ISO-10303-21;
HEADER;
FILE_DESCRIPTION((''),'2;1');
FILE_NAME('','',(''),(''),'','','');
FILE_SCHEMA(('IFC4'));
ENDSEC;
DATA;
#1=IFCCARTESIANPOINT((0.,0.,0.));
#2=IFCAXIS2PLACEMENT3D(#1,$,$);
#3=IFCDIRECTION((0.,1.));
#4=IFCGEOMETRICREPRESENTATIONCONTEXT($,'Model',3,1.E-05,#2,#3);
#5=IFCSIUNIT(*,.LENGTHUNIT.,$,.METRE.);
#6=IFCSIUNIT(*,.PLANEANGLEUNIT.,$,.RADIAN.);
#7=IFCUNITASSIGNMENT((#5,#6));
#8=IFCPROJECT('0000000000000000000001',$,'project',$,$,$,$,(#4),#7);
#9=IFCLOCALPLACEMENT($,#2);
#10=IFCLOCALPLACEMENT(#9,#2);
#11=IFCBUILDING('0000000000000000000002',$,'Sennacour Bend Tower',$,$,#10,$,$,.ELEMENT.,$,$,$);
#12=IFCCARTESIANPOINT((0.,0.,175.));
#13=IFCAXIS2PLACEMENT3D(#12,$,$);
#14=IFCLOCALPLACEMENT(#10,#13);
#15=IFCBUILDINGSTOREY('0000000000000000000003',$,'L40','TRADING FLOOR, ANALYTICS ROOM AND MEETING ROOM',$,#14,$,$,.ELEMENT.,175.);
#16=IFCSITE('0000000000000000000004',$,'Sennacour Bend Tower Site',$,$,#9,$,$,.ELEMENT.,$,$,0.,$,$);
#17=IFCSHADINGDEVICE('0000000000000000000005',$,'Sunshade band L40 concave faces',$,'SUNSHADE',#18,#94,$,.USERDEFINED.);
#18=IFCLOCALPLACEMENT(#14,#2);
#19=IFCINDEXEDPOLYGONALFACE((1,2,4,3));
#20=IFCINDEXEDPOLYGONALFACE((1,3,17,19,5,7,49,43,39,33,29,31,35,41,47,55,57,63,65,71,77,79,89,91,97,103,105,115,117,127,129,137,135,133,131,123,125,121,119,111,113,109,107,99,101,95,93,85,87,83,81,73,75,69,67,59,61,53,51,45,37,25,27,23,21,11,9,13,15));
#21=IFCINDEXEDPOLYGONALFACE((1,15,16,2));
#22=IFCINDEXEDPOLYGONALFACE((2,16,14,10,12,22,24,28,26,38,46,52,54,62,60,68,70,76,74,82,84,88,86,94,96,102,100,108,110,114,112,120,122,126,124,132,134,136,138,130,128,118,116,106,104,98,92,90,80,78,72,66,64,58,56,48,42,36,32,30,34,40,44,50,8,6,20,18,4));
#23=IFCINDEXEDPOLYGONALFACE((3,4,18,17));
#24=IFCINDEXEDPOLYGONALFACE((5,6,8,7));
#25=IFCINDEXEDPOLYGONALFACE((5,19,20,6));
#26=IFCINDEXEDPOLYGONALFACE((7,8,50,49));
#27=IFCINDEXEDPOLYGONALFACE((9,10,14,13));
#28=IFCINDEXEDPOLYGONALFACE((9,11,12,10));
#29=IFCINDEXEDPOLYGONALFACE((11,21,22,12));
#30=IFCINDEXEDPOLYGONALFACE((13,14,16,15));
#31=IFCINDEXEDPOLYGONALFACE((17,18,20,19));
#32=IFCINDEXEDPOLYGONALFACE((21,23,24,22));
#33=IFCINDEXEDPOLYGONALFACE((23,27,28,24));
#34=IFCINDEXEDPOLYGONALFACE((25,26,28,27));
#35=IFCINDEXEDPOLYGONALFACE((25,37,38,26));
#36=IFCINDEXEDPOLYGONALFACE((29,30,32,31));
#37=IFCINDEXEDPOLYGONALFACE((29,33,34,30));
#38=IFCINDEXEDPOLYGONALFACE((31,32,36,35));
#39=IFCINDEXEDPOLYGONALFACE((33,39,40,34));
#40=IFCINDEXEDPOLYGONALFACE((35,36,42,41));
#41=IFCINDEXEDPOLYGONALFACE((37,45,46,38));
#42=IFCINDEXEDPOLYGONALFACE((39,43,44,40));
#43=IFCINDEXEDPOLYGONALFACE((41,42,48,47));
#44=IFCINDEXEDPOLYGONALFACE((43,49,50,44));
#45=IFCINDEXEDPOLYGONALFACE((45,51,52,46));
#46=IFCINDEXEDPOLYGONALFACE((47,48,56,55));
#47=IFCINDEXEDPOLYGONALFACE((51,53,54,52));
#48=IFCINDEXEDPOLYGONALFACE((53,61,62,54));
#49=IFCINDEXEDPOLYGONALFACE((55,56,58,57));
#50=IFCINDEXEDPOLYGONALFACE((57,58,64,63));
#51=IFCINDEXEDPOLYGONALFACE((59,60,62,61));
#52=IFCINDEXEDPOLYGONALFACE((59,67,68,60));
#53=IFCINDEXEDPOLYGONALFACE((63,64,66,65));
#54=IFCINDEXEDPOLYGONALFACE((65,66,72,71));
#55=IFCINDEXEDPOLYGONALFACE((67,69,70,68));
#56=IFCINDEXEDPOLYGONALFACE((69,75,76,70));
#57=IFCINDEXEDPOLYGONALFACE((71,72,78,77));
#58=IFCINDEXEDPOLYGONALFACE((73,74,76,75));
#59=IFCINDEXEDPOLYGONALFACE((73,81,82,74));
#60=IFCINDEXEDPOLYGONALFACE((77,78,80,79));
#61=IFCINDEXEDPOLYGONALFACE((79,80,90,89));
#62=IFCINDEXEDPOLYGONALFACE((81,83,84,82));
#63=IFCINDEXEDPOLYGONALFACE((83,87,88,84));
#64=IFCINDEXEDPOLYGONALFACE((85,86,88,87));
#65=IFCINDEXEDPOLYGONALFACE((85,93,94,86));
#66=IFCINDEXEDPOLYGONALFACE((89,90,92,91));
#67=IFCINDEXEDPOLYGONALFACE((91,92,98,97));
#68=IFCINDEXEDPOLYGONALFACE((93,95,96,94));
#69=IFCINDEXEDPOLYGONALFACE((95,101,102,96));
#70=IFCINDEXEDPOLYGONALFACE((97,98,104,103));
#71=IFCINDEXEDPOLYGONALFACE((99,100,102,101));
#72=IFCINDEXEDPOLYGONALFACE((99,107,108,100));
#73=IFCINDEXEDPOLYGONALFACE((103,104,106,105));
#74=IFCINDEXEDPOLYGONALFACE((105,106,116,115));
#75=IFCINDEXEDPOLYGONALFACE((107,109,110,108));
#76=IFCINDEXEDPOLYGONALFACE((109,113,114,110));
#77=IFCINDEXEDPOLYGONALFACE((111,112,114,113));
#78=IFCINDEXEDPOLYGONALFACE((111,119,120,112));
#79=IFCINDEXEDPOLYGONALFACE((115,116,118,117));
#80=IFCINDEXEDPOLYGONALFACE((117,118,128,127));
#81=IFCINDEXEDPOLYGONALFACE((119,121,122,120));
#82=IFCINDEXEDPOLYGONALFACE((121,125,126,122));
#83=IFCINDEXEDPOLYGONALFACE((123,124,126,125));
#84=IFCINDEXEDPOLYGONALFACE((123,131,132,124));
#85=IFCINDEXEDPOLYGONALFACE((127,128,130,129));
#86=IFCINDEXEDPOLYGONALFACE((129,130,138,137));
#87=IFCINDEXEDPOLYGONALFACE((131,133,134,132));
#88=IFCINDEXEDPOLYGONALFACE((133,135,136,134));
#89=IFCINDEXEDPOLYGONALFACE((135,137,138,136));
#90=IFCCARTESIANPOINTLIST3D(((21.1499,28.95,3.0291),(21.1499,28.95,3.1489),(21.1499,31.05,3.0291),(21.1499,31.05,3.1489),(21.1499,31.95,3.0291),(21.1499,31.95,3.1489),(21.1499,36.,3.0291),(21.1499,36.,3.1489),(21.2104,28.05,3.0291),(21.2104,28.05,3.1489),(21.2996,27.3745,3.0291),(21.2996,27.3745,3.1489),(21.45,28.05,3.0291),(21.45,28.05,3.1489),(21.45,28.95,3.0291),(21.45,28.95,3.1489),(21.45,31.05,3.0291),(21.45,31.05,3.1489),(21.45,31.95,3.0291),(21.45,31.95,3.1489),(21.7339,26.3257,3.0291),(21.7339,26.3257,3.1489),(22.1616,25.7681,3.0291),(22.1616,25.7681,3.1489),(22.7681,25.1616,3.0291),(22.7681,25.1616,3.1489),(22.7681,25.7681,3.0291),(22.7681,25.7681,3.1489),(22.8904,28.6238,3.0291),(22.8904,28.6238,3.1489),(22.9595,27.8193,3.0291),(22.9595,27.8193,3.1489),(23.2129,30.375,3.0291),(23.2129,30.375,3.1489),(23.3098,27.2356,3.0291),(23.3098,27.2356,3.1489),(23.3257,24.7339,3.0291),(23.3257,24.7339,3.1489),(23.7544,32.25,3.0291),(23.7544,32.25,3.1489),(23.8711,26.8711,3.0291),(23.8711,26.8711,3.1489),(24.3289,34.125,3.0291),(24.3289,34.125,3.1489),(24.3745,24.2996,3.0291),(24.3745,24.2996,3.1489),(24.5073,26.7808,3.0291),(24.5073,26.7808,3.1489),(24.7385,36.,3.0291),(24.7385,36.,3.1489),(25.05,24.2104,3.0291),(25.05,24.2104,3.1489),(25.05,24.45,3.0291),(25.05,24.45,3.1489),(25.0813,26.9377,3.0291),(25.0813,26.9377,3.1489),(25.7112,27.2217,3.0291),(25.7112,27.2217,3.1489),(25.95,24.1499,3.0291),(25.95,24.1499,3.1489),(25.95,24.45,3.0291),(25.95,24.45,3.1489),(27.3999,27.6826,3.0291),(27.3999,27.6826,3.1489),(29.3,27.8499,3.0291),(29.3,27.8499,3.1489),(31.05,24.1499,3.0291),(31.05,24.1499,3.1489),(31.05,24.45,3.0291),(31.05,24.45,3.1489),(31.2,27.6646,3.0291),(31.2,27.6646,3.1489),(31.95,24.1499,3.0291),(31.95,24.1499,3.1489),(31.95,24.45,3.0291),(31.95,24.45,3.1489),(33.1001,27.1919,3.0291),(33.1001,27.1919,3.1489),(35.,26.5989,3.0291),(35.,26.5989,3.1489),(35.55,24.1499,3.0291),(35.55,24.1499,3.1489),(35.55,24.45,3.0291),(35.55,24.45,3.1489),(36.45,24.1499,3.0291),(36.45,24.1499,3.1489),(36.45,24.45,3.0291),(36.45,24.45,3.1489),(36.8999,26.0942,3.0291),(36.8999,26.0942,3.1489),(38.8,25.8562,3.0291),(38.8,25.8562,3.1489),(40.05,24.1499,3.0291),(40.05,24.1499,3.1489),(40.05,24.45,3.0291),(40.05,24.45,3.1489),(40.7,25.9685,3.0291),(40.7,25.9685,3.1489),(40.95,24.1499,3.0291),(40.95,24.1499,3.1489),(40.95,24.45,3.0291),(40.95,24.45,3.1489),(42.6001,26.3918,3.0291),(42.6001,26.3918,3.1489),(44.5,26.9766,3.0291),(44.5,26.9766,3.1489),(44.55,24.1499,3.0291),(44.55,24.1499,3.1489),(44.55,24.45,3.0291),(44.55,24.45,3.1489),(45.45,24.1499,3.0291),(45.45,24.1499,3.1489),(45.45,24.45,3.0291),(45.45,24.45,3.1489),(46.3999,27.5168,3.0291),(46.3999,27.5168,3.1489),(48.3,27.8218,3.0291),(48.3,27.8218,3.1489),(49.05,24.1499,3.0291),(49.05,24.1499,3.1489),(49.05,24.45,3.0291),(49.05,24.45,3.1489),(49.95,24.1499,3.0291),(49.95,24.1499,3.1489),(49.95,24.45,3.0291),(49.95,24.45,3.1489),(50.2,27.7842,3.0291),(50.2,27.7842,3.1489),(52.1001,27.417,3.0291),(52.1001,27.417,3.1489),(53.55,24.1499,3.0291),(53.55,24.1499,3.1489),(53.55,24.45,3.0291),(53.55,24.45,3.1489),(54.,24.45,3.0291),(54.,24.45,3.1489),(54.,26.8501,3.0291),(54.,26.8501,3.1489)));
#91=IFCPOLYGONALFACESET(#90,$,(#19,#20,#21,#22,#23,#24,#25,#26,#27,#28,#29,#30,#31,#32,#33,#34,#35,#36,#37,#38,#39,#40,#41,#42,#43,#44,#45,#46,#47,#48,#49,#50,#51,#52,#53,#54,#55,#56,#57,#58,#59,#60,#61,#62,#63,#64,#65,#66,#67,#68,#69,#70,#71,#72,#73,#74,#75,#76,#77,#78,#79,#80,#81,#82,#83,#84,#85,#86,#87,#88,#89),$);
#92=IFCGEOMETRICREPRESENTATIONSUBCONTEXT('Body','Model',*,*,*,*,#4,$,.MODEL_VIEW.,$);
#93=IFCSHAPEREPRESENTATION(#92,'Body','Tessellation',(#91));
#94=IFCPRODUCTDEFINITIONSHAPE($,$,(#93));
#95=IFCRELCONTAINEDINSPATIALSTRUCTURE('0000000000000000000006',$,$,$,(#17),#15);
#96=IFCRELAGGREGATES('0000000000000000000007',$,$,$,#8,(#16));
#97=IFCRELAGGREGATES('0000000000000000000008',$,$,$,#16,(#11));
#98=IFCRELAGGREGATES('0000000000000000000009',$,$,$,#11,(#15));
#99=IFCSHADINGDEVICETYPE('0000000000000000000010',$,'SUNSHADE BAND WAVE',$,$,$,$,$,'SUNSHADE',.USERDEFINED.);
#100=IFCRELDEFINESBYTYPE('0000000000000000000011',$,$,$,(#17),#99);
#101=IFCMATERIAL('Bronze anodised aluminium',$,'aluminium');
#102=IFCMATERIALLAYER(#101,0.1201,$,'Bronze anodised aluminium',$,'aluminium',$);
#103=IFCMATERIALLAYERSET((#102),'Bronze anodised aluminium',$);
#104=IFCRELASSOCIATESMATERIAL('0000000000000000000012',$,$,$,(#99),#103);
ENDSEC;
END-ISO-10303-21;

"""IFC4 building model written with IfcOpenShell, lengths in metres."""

from ifc_helpers import new_model, si_unit, direction, frame, origin, place, context, subcontext, project, spatial, polyline, outline, extrude, material, layer, layer_set, type_object, element, save


model = new_model("IFC4")

# Units and contexts
model_context = context("Model", 3, precision=1e-05, world=origin(), true_north=direction((0.0, 1.0)))
body_context = subcontext(model_context, "Body", "Model", "MODEL_VIEW")
ifc_project = project(units=[si_unit("LENGTHUNIT", "METRE"), si_unit("PLANEANGLEUNIT", "RADIAN")], contexts=[model_context])

# Site, building, storey
site_placement = place(None, origin())
site = spatial("IfcSite", under=ifc_project, at=site_placement, Name="Sennacour Bend Tower Site", CompositionType="ELEMENT", RefElevation=0.0)
building_placement = place(site_placement, origin())
building = spatial("IfcBuilding", under=site, at=building_placement, Name="Sennacour Bend Tower", CompositionType="ELEMENT")
storey_placement = place(building_placement, frame((0.0, 0.0, 175.0)))
storey = spatial("IfcBuildingStorey", under=building, at=storey_placement, Name="L40", Description="TRADING FLOOR, ANALYTICS ROOM AND MEETING ROOM", CompositionType="ELEMENT", Elevation=175.0)

# Shading device
ifc_material_1 = material(Name="Bronze anodised aluminium", Category="aluminium")
ifc_layer_1 = layer(ifc_material_1, 0.1201, Name="Bronze anodised aluminium", Category="aluminium")
ifc_layer_set_1 = layer_set([ifc_layer_1], Name="Bronze anodised aluminium")
shading_device_type_1 = type_object("IfcShadingDeviceType", Name="SUNSHADE BAND WAVE", ElementType="SUNSHADE", PredefinedType="USERDEFINED", material=ifc_layer_set_1)
shading_device_1_placement = place(storey_placement, frame((0.0, 0.0, 3.0291)))
element("IfcShadingDevice", 1, at=shading_device_1_placement, inside=storey, type_object=shading_device_type_1, Name="Sunshade band L40 concave faces", ObjectType="SUNSHADE", PredefinedType="USERDEFINED", context=body_context, shape_type="SweptSolid", body=[
    extrude(outline(polyline([(53.55, 24.1499), (49.95, 24.1499), (49.95, 24.45), (49.05, 24.45), (49.05, 24.1499), (45.45, 24.1499), (45.45, 24.45), (44.55, 24.45), (44.55, 24.1499), (40.95, 24.1499), (40.95, 24.45), (40.05, 24.45), (40.05, 24.1499), (36.45, 24.1499), (36.45, 24.45), (35.55, 24.45), (35.55, 24.1499), (31.95, 24.1499), (31.95, 24.45), (31.05, 24.45), (31.05, 24.1499), (25.95, 24.1499), (25.95, 24.45), (25.05, 24.45), (25.05, 24.2104), (24.3745, 24.2996), (23.3257, 24.7339), (22.7681, 25.1616), (22.7681, 25.7681), (22.1616, 25.7681), (21.7339, 26.3257), (21.2996, 27.3745), (21.2104, 28.05), (21.45, 28.05), (21.45, 28.95), (21.1499, 28.95), (21.1499, 31.05), (21.45, 31.05), (21.45, 31.95), (21.1499, 31.95), (21.1499, 36.0), (24.7385, 36.0), (24.3289, 34.125), (23.7544, 32.25), (23.2129, 30.375), (22.8904, 28.6238), (22.9595, 27.8193), (23.3098, 27.2356), (23.8711, 26.8711), (24.5073, 26.7808), (25.0813, 26.9377), (25.7112, 27.2217), (27.3999, 27.6826), (29.3, 27.8499), (31.2, 27.6646), (33.1001, 27.1919), (35.0, 26.5989), (36.8999, 26.0942), (38.8, 25.8562), (40.7, 25.9685), (42.6001, 26.3918), (44.5, 26.9766), (46.3999, 27.5168), (48.3, 27.8218), (50.2, 27.7842), (52.1001, 27.417), (54.0, 26.8501), (54.0, 24.45), (53.55, 24.45), (53.55, 24.1499)])), origin(), (0.0, 0.0, 1.0), 0.1199),
])

save(model, "model.ifc")
